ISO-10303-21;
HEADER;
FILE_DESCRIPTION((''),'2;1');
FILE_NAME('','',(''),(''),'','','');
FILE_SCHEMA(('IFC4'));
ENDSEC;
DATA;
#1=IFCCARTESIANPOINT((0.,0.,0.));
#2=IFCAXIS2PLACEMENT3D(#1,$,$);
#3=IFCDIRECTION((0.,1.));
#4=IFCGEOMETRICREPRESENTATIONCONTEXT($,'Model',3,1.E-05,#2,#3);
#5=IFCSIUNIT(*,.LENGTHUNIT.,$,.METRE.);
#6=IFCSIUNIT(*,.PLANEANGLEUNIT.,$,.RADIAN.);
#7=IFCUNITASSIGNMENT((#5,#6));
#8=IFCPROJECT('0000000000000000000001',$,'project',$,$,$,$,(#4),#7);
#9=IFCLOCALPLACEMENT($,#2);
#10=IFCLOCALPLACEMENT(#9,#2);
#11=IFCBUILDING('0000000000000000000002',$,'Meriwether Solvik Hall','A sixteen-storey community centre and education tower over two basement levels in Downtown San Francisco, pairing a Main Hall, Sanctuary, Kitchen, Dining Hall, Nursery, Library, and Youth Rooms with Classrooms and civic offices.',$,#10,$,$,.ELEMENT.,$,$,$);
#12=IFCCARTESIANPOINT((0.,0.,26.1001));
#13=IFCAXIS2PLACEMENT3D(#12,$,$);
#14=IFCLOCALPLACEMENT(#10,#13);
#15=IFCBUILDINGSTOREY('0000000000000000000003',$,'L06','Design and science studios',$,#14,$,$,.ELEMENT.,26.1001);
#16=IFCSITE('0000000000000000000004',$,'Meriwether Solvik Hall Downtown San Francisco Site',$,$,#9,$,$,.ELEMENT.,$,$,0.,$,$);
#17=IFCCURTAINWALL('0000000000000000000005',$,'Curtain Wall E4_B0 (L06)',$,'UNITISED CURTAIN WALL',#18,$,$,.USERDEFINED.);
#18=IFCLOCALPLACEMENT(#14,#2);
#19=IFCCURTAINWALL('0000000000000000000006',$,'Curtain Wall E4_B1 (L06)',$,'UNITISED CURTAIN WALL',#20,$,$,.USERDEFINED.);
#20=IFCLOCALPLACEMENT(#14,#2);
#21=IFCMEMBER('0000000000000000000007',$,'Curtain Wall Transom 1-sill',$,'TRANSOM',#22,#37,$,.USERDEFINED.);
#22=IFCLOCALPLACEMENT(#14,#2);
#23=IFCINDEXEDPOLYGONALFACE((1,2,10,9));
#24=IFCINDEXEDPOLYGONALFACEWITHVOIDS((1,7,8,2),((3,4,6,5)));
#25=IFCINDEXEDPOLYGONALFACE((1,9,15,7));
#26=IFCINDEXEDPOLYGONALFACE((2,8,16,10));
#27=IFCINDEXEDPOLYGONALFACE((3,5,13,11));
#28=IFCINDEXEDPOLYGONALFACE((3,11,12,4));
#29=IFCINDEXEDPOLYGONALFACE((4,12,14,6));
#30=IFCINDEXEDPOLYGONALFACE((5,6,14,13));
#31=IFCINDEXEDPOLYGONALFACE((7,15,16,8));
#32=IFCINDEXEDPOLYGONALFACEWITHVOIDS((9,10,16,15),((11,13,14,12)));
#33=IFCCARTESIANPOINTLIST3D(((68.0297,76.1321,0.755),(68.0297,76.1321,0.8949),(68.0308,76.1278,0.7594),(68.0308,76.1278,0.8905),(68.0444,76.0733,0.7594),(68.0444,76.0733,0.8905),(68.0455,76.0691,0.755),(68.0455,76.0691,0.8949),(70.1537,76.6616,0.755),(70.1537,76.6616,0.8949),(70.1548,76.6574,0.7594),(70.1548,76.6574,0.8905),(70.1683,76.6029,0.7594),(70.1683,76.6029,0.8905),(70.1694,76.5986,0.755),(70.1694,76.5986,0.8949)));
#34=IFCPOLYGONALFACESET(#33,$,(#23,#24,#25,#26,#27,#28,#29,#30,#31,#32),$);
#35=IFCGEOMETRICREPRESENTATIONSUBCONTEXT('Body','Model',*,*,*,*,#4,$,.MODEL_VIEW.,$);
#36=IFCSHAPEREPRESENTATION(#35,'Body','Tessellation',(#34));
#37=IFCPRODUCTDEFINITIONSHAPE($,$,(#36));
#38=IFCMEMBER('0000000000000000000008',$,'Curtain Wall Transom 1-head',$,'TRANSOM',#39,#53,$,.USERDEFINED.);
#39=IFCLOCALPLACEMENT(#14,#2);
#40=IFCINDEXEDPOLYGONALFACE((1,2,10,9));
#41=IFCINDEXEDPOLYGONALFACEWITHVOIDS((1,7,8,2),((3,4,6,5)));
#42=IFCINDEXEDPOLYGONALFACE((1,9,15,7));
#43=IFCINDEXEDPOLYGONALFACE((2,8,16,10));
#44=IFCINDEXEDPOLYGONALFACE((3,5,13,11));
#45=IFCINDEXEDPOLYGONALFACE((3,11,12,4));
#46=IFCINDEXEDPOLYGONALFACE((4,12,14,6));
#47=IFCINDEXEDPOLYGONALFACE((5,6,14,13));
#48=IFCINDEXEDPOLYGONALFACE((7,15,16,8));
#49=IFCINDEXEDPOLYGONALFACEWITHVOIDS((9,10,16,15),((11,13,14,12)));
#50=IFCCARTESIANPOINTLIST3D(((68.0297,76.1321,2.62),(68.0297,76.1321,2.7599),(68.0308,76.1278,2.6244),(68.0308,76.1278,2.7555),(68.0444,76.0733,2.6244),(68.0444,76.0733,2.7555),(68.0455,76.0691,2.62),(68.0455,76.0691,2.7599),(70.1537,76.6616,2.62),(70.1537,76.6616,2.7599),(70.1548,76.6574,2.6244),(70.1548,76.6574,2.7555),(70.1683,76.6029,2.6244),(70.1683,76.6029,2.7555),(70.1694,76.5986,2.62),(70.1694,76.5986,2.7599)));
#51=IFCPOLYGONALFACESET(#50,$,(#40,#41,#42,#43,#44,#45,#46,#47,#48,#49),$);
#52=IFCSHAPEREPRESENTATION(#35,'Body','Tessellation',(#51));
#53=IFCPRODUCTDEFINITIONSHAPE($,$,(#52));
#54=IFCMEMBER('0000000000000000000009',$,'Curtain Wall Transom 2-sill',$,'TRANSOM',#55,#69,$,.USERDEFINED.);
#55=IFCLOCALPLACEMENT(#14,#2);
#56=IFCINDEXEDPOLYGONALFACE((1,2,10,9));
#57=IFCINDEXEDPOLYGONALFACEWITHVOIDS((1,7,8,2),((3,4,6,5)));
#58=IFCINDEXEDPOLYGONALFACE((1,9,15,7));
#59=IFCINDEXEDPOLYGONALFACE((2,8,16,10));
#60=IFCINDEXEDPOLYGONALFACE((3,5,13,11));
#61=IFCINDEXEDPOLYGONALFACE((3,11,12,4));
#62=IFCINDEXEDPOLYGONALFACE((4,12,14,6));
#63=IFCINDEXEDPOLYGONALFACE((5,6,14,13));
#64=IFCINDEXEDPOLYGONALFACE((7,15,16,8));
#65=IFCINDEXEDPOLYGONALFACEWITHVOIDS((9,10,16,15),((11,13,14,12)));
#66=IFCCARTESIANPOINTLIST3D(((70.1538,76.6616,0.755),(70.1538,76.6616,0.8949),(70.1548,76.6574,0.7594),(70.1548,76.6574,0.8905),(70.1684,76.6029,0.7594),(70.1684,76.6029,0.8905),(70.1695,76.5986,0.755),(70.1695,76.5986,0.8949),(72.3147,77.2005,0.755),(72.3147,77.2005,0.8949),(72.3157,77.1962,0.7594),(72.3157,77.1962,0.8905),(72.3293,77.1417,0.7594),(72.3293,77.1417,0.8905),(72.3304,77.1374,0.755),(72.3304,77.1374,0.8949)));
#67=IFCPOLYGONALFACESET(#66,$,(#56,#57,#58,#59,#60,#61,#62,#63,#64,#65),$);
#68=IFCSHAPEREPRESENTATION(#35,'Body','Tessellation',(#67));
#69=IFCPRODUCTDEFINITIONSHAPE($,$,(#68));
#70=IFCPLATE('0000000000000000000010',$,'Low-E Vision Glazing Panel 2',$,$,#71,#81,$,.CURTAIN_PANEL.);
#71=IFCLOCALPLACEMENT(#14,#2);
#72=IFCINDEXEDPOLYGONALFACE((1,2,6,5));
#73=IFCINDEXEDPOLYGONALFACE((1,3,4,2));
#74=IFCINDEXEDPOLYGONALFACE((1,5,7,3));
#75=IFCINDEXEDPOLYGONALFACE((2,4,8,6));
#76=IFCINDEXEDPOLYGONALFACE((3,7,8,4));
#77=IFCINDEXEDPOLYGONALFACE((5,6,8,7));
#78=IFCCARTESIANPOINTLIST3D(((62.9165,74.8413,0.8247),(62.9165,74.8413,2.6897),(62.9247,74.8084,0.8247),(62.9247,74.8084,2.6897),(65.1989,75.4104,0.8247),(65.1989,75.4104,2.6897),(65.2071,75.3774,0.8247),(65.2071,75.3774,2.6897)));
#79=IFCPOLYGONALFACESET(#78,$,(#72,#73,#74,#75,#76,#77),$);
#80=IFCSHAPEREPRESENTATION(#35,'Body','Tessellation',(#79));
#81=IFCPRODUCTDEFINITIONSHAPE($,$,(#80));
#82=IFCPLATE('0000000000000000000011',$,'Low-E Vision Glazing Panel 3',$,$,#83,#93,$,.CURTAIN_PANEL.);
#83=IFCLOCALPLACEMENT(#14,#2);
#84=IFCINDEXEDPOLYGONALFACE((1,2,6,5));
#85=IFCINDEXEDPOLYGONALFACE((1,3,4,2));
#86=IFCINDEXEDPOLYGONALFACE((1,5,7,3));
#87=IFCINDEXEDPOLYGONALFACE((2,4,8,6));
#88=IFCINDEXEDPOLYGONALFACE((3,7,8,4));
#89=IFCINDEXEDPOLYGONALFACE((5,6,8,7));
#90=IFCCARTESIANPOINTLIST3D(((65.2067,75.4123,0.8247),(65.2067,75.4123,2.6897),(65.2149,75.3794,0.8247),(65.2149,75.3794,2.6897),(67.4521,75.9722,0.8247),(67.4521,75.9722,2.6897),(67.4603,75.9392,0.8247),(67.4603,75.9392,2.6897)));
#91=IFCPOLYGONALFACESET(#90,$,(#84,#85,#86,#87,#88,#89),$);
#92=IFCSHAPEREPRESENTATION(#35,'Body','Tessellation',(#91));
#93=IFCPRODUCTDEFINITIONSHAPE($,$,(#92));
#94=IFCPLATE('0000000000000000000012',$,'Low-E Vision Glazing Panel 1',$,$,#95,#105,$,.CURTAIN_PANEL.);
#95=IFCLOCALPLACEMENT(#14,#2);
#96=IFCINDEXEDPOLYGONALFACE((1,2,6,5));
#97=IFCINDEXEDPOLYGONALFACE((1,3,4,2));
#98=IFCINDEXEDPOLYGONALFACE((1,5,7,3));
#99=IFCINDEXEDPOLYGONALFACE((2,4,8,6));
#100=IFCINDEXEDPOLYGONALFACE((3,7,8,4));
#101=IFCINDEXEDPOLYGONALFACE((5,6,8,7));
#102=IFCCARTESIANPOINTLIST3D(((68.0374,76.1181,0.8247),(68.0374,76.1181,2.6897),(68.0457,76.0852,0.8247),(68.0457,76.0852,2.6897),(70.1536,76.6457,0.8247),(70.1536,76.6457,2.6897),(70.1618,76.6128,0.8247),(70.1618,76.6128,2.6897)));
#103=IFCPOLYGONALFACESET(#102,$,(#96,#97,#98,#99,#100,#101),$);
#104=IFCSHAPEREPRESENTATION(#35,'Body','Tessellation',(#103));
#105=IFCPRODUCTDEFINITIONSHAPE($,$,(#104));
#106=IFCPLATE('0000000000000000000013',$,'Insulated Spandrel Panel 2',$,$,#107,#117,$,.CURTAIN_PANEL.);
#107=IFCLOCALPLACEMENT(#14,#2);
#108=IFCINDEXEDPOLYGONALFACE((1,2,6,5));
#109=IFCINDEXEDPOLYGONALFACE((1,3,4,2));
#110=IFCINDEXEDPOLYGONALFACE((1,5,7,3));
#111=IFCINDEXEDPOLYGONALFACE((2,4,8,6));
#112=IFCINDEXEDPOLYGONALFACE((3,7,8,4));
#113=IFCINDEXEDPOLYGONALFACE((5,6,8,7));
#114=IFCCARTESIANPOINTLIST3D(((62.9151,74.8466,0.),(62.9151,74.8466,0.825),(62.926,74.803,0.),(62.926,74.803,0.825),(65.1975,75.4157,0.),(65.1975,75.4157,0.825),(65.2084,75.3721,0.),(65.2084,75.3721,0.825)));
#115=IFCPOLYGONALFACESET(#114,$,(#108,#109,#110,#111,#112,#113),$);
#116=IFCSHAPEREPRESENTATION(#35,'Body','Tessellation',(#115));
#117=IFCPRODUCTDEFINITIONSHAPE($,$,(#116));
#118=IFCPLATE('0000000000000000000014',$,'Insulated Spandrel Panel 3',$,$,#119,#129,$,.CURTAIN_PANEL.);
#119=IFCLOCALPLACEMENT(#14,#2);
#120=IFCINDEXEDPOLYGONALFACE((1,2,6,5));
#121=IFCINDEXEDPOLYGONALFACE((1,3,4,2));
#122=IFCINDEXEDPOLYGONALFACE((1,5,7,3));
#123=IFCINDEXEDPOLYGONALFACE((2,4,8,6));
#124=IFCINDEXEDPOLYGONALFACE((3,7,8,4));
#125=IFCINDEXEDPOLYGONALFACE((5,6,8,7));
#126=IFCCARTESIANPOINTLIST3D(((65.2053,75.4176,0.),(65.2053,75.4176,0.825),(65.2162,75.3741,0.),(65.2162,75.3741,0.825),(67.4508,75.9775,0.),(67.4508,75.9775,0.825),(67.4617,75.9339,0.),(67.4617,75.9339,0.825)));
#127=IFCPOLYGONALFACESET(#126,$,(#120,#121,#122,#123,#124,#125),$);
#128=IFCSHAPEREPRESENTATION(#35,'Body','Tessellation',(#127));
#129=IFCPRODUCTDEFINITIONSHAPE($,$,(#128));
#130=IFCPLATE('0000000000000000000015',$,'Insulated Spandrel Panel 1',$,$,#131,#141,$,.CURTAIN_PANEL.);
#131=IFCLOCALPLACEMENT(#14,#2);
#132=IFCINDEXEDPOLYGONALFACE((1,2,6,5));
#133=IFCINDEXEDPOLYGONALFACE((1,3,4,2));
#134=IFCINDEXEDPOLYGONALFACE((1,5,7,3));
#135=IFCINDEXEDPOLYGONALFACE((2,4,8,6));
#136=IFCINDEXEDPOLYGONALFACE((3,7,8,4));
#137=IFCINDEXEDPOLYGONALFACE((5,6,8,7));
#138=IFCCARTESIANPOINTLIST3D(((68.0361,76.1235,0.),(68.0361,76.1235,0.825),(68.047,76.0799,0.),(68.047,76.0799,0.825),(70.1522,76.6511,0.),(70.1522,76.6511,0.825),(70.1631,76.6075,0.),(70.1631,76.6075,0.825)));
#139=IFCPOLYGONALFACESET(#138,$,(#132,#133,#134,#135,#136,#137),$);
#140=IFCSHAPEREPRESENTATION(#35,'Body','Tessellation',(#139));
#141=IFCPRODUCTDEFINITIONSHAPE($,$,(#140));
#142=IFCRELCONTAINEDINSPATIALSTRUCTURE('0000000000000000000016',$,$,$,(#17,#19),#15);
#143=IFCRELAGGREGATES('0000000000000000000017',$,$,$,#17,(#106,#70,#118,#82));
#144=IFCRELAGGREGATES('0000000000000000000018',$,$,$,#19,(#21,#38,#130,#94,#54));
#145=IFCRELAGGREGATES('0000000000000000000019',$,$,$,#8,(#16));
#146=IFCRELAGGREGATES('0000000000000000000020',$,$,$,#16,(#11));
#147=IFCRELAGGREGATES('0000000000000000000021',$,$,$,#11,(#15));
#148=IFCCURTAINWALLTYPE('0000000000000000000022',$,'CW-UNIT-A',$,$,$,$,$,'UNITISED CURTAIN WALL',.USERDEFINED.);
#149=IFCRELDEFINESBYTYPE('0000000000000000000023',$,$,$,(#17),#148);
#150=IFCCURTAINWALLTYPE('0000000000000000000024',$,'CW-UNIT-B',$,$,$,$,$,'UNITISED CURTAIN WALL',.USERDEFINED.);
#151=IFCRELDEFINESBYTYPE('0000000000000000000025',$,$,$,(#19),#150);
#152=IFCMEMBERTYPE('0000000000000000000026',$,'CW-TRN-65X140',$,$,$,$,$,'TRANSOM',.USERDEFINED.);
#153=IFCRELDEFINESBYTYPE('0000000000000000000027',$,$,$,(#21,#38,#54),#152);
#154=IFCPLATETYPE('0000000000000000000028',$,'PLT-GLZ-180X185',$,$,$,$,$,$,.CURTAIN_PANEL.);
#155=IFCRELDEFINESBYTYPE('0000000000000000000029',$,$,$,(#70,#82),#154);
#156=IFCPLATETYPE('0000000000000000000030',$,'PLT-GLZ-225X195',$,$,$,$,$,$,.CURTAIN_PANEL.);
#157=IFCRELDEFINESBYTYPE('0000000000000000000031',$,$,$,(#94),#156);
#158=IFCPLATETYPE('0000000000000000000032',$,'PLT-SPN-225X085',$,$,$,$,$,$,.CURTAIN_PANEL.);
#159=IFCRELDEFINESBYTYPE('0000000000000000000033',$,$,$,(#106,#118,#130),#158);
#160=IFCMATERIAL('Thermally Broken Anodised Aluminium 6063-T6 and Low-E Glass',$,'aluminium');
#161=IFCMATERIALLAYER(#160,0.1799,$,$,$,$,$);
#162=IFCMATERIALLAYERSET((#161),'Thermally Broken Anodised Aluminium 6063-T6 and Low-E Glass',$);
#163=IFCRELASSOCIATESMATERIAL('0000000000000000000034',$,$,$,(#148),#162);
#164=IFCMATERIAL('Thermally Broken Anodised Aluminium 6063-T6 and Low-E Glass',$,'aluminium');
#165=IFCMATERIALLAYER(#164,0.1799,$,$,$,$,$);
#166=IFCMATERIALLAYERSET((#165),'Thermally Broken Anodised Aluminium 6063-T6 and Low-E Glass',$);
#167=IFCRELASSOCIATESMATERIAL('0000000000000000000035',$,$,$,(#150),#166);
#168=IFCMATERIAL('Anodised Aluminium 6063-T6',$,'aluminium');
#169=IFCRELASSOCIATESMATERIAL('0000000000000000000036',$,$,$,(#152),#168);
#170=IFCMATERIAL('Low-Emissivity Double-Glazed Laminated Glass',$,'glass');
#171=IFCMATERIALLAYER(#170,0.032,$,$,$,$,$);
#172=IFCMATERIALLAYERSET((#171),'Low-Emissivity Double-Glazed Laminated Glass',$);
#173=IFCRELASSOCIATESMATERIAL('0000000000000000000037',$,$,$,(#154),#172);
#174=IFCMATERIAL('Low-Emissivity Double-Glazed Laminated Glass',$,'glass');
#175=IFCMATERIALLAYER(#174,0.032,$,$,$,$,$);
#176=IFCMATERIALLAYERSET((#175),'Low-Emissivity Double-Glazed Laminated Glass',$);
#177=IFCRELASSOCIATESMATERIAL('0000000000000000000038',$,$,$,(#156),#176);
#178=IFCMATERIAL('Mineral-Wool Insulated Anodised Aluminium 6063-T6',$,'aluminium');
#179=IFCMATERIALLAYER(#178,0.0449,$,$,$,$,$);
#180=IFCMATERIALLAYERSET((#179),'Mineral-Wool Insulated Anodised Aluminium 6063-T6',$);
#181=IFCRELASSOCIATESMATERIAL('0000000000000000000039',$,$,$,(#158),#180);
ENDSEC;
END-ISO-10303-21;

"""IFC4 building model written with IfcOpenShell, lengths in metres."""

from ifc_helpers import new_model, si_unit, direction, frame, origin, origin_2d, place, context, subcontext, project, spatial, rectangle, hollow_rectangle, extrude, material, layer, layer_set, material_profile, profile_set, type_object, element, aggregate, save


model = new_model("IFC4")

# Units and contexts
model_context = context("Model", 3, precision=1e-05, world=origin(), true_north=direction((0.0, 1.0)))
body_context = subcontext(model_context, "Body", "Model", "MODEL_VIEW")
ifc_project = project(units=[si_unit("LENGTHUNIT", "METRE"), si_unit("PLANEANGLEUNIT", "RADIAN")], contexts=[model_context])

# Site, building, storey
site_placement = place(None, origin())
site = spatial("IfcSite", under=ifc_project, at=site_placement, Name="Meriwether Solvik Hall Downtown San Francisco Site", CompositionType="ELEMENT", RefElevation=0.0)
building_placement = place(site_placement, origin())
building = spatial("IfcBuilding", under=site, at=building_placement, Name="Meriwether Solvik Hall", Description="A sixteen-storey community centre and education tower over two basement levels in Downtown San Francisco, pairing a Main Hall, Sanctuary, Kitchen, Dining Hall, Nursery, Library, and Youth Rooms with Classrooms and civic offices.", CompositionType="ELEMENT")
storey_placement = place(building_placement, frame((0.0, 0.0, 26.1001)))
storey = spatial("IfcBuildingStorey", under=building, at=storey_placement, Name="L06", Description="Design and science studios", CompositionType="ELEMENT", Elevation=26.1001)

# Curtain walls
ifc_material_1 = material(Name="Thermally Broken Anodised Aluminium 6063-T6 and Low-E Glass", Category="aluminium")
ifc_layer_1 = layer(ifc_material_1, 0.1799)
ifc_layer_set_1 = layer_set([ifc_layer_1], Name="Thermally Broken Anodised Aluminium 6063-T6 and Low-E Glass")
curtain_wall_type_1 = type_object("IfcCurtainWallType", Name="CW-UNIT-A", ElementType="UNITISED CURTAIN WALL", PredefinedType="USERDEFINED", material=ifc_layer_set_1)
curtain_wall_1_placement = place(storey_placement, origin())
curtain_wall_1 = element("IfcCurtainWall", 1, at=curtain_wall_1_placement, inside=storey, type_object=curtain_wall_type_1, Name="Curtain Wall E4_B0 (L06)", ObjectType="UNITISED CURTAIN WALL", PredefinedType="USERDEFINED")
ifc_material_2 = material(Name="Thermally Broken Anodised Aluminium 6063-T6 and Low-E Glass", Category="aluminium")
ifc_layer_2 = layer(ifc_material_2, 0.1799)
ifc_layer_set_2 = layer_set([ifc_layer_2], Name="Thermally Broken Anodised Aluminium 6063-T6 and Low-E Glass")
curtain_wall_type_2 = type_object("IfcCurtainWallType", Name="CW-UNIT-B", ElementType="UNITISED CURTAIN WALL", PredefinedType="USERDEFINED", material=ifc_layer_set_2)
curtain_wall_2_placement = place(storey_placement, origin())
curtain_wall_2 = element("IfcCurtainWall", 2, at=curtain_wall_2_placement, inside=storey, type_object=curtain_wall_type_2, Name="Curtain Wall E4_B1 (L06)", ObjectType="UNITISED CURTAIN WALL", PredefinedType="USERDEFINED")

# Members
ifc_material_3 = material(Name="Anodised Aluminium 6063-T6", Category="aluminium")
ifc_material_profile_1 = material_profile(ifc_material_3, hollow_rectangle(XDim=0.0649, YDim=0.1399, WallThickness=0.0044, at=origin_2d()), Name="CWT-65X140")
ifc_profile_set_1 = profile_set([ifc_material_profile_1], Name="Anodised Aluminium 6063-T6")
member_type_1 = type_object("IfcMemberType", Name="CW-TRN-65X140", ElementType="TRANSOM", PredefinedType="USERDEFINED", material=ifc_profile_set_1)
member_1_placement = place(storey_placement, frame((68.0376, 76.1006, 0.825), z_axis=(0.9703, 0.241906, 0.0), x_axis=(-0.241906, 0.9703, 0.0)))
member_1 = element("IfcMember", 3, at=member_1_placement, type_object=member_type_1, Name="Curtain Wall Transom 1-sill", ObjectType="TRANSOM", PredefinedType="USERDEFINED", context=body_context, shape_type="SweptSolid", body=[
    extrude(hollow_rectangle(XDim=0.0649, YDim=0.1399, WallThickness=0.0044, at=origin_2d()), origin(), (0.0, 0.0, 1.0), 2.189),
])
member_2_placement = place(storey_placement, frame((68.0376, 76.1006, 2.6899), z_axis=(0.9703, 0.241906, 0.0), x_axis=(-0.241906, 0.9703, 0.0)))
member_2 = element("IfcMember", 4, at=member_2_placement, type_object=member_type_1, Name="Curtain Wall Transom 1-head", ObjectType="TRANSOM", PredefinedType="USERDEFINED", context=body_context, shape_type="SweptSolid", body=[
    extrude(hollow_rectangle(XDim=0.0649, YDim=0.1399, WallThickness=0.0044, at=origin_2d()), origin(), (0.0, 0.0, 1.0), 2.189),
])
member_3_placement = place(storey_placement, frame((70.1616, 76.6301, 0.825), z_axis=(0.970291, 0.241942, 0.0), x_axis=(-0.241942, 0.970291, 0.0)))
member_3 = element("IfcMember", 5, at=member_3_placement, type_object=member_type_1, Name="Curtain Wall Transom 2-sill", ObjectType="TRANSOM", PredefinedType="USERDEFINED", context=body_context, shape_type="SweptSolid", body=[
    extrude(hollow_rectangle(XDim=0.0649, YDim=0.1399, WallThickness=0.0044, at=origin_2d()), origin(), (0.0, 0.0, 1.0), 2.2271),
])

# Plates
ifc_material_4 = material(Name="Low-Emissivity Double-Glazed Laminated Glass", Category="glass")
ifc_layer_3 = layer(ifc_material_4, 0.032)
ifc_layer_set_3 = layer_set([ifc_layer_3], Name="Low-Emissivity Double-Glazed Laminated Glass")
plate_type_1 = type_object("IfcPlateType", Name="PLT-GLZ-180X185", PredefinedType="CURTAIN_PANEL", material=ifc_layer_set_3)
plate_1_placement = place(storey_placement, frame((64.0618, 75.1094, 0.8247), z_axis=(0.0, 0.0, 1.0), x_axis=(0.970296, 0.241922, 0.0)))
plate_1 = element("IfcPlate", 6, at=plate_1_placement, type_object=plate_type_1, Name="Low-E Vision Glazing Panel 2", PredefinedType="CURTAIN_PANEL", context=body_context, shape_type="SweptSolid", body=[
    extrude(rectangle(XDim=2.3523, YDim=0.0339, at=origin_2d()), origin(), (0.0, 0.0, 1.0), 1.865),
])
plate_2_placement = place(storey_placement, frame((66.3335, 75.6758, 0.8247), z_axis=(0.0, 0.0, 1.0), x_axis=(0.970296, 0.241922, 0.0)))
plate_2 = element("IfcPlate", 7, at=plate_2_placement, type_object=plate_type_1, Name="Low-E Vision Glazing Panel 3", PredefinedType="CURTAIN_PANEL", context=body_context, shape_type="SweptSolid", body=[
    extrude(rectangle(XDim=2.3142, YDim=0.0339, at=origin_2d()), origin(), (0.0, 0.0, 1.0), 1.865),
])
ifc_material_5 = material(Name="Low-Emissivity Double-Glazed Laminated Glass", Category="glass")
ifc_layer_4 = layer(ifc_material_5, 0.032)
ifc_layer_set_4 = layer_set([ifc_layer_4], Name="Low-Emissivity Double-Glazed Laminated Glass")
plate_type_2 = type_object("IfcPlateType", Name="PLT-GLZ-225X195", PredefinedType="CURTAIN_PANEL", material=ifc_layer_set_4)
plate_3_placement = place(storey_placement, frame((69.0996, 76.3655, 0.8247), z_axis=(0.0, 0.0, 1.0), x_axis=(0.970296, 0.241922, 0.0)))
plate_3 = element("IfcPlate", 8, at=plate_3_placement, type_object=plate_type_2, Name="Low-E Vision Glazing Panel 1", PredefinedType="CURTAIN_PANEL", context=body_context, shape_type="SweptSolid", body=[
    extrude(rectangle(XDim=2.1809, YDim=0.0339, at=origin_2d()), origin(), (0.0, 0.0, 1.0), 1.865),
])
ifc_material_6 = material(Name="Mineral-Wool Insulated Anodised Aluminium 6063-T6", Category="aluminium")
ifc_layer_5 = layer(ifc_material_6, 0.0449)
ifc_layer_set_5 = layer_set([ifc_layer_5], Name="Mineral-Wool Insulated Anodised Aluminium 6063-T6")
plate_type_3 = type_object("IfcPlateType", Name="PLT-SPN-225X085", PredefinedType="CURTAIN_PANEL", material=ifc_layer_set_5)
plate_4_placement = place(storey_placement, frame((64.0618, 75.1094, 0.0), z_axis=(0.0, 0.0, 1.0), x_axis=(0.970296, 0.241922, 0.0)))
plate_4 = element("IfcPlate", 9, at=plate_4_placement, type_object=plate_type_3, Name="Insulated Spandrel Panel 2", PredefinedType="CURTAIN_PANEL", context=body_context, shape_type="SweptSolid", body=[
    extrude(rectangle(XDim=2.3523, YDim=0.0449, at=origin_2d()), origin(), (0.0, 0.0, 1.0), 0.825),
])
plate_5_placement = place(storey_placement, frame((66.3335, 75.6758, 0.0), z_axis=(0.0, 0.0, 1.0), x_axis=(0.970296, 0.241922, 0.0)))
plate_5 = element("IfcPlate", 10, at=plate_5_placement, type_object=plate_type_3, Name="Insulated Spandrel Panel 3", PredefinedType="CURTAIN_PANEL", context=body_context, shape_type="SweptSolid", body=[
    extrude(rectangle(XDim=2.3142, YDim=0.0449, at=origin_2d()), origin(), (0.0, 0.0, 1.0), 0.825),
])
aggregate(curtain_wall_1, [plate_4, plate_1, plate_5, plate_2])
plate_6_placement = place(storey_placement, frame((69.0996, 76.3655, 0.0), z_axis=(0.0, 0.0, 1.0), x_axis=(0.970296, 0.241922, 0.0)))
plate_6 = element("IfcPlate", 11, at=plate_6_placement, type_object=plate_type_3, Name="Insulated Spandrel Panel 1", PredefinedType="CURTAIN_PANEL", context=body_context, shape_type="SweptSolid", body=[
    extrude(rectangle(XDim=2.1809, YDim=0.0449, at=origin_2d()), origin(), (0.0, 0.0, 1.0), 0.825),
])
aggregate(curtain_wall_2, [member_1, member_2, plate_6, plate_3, member_3])

save(model, "model.ifc")
